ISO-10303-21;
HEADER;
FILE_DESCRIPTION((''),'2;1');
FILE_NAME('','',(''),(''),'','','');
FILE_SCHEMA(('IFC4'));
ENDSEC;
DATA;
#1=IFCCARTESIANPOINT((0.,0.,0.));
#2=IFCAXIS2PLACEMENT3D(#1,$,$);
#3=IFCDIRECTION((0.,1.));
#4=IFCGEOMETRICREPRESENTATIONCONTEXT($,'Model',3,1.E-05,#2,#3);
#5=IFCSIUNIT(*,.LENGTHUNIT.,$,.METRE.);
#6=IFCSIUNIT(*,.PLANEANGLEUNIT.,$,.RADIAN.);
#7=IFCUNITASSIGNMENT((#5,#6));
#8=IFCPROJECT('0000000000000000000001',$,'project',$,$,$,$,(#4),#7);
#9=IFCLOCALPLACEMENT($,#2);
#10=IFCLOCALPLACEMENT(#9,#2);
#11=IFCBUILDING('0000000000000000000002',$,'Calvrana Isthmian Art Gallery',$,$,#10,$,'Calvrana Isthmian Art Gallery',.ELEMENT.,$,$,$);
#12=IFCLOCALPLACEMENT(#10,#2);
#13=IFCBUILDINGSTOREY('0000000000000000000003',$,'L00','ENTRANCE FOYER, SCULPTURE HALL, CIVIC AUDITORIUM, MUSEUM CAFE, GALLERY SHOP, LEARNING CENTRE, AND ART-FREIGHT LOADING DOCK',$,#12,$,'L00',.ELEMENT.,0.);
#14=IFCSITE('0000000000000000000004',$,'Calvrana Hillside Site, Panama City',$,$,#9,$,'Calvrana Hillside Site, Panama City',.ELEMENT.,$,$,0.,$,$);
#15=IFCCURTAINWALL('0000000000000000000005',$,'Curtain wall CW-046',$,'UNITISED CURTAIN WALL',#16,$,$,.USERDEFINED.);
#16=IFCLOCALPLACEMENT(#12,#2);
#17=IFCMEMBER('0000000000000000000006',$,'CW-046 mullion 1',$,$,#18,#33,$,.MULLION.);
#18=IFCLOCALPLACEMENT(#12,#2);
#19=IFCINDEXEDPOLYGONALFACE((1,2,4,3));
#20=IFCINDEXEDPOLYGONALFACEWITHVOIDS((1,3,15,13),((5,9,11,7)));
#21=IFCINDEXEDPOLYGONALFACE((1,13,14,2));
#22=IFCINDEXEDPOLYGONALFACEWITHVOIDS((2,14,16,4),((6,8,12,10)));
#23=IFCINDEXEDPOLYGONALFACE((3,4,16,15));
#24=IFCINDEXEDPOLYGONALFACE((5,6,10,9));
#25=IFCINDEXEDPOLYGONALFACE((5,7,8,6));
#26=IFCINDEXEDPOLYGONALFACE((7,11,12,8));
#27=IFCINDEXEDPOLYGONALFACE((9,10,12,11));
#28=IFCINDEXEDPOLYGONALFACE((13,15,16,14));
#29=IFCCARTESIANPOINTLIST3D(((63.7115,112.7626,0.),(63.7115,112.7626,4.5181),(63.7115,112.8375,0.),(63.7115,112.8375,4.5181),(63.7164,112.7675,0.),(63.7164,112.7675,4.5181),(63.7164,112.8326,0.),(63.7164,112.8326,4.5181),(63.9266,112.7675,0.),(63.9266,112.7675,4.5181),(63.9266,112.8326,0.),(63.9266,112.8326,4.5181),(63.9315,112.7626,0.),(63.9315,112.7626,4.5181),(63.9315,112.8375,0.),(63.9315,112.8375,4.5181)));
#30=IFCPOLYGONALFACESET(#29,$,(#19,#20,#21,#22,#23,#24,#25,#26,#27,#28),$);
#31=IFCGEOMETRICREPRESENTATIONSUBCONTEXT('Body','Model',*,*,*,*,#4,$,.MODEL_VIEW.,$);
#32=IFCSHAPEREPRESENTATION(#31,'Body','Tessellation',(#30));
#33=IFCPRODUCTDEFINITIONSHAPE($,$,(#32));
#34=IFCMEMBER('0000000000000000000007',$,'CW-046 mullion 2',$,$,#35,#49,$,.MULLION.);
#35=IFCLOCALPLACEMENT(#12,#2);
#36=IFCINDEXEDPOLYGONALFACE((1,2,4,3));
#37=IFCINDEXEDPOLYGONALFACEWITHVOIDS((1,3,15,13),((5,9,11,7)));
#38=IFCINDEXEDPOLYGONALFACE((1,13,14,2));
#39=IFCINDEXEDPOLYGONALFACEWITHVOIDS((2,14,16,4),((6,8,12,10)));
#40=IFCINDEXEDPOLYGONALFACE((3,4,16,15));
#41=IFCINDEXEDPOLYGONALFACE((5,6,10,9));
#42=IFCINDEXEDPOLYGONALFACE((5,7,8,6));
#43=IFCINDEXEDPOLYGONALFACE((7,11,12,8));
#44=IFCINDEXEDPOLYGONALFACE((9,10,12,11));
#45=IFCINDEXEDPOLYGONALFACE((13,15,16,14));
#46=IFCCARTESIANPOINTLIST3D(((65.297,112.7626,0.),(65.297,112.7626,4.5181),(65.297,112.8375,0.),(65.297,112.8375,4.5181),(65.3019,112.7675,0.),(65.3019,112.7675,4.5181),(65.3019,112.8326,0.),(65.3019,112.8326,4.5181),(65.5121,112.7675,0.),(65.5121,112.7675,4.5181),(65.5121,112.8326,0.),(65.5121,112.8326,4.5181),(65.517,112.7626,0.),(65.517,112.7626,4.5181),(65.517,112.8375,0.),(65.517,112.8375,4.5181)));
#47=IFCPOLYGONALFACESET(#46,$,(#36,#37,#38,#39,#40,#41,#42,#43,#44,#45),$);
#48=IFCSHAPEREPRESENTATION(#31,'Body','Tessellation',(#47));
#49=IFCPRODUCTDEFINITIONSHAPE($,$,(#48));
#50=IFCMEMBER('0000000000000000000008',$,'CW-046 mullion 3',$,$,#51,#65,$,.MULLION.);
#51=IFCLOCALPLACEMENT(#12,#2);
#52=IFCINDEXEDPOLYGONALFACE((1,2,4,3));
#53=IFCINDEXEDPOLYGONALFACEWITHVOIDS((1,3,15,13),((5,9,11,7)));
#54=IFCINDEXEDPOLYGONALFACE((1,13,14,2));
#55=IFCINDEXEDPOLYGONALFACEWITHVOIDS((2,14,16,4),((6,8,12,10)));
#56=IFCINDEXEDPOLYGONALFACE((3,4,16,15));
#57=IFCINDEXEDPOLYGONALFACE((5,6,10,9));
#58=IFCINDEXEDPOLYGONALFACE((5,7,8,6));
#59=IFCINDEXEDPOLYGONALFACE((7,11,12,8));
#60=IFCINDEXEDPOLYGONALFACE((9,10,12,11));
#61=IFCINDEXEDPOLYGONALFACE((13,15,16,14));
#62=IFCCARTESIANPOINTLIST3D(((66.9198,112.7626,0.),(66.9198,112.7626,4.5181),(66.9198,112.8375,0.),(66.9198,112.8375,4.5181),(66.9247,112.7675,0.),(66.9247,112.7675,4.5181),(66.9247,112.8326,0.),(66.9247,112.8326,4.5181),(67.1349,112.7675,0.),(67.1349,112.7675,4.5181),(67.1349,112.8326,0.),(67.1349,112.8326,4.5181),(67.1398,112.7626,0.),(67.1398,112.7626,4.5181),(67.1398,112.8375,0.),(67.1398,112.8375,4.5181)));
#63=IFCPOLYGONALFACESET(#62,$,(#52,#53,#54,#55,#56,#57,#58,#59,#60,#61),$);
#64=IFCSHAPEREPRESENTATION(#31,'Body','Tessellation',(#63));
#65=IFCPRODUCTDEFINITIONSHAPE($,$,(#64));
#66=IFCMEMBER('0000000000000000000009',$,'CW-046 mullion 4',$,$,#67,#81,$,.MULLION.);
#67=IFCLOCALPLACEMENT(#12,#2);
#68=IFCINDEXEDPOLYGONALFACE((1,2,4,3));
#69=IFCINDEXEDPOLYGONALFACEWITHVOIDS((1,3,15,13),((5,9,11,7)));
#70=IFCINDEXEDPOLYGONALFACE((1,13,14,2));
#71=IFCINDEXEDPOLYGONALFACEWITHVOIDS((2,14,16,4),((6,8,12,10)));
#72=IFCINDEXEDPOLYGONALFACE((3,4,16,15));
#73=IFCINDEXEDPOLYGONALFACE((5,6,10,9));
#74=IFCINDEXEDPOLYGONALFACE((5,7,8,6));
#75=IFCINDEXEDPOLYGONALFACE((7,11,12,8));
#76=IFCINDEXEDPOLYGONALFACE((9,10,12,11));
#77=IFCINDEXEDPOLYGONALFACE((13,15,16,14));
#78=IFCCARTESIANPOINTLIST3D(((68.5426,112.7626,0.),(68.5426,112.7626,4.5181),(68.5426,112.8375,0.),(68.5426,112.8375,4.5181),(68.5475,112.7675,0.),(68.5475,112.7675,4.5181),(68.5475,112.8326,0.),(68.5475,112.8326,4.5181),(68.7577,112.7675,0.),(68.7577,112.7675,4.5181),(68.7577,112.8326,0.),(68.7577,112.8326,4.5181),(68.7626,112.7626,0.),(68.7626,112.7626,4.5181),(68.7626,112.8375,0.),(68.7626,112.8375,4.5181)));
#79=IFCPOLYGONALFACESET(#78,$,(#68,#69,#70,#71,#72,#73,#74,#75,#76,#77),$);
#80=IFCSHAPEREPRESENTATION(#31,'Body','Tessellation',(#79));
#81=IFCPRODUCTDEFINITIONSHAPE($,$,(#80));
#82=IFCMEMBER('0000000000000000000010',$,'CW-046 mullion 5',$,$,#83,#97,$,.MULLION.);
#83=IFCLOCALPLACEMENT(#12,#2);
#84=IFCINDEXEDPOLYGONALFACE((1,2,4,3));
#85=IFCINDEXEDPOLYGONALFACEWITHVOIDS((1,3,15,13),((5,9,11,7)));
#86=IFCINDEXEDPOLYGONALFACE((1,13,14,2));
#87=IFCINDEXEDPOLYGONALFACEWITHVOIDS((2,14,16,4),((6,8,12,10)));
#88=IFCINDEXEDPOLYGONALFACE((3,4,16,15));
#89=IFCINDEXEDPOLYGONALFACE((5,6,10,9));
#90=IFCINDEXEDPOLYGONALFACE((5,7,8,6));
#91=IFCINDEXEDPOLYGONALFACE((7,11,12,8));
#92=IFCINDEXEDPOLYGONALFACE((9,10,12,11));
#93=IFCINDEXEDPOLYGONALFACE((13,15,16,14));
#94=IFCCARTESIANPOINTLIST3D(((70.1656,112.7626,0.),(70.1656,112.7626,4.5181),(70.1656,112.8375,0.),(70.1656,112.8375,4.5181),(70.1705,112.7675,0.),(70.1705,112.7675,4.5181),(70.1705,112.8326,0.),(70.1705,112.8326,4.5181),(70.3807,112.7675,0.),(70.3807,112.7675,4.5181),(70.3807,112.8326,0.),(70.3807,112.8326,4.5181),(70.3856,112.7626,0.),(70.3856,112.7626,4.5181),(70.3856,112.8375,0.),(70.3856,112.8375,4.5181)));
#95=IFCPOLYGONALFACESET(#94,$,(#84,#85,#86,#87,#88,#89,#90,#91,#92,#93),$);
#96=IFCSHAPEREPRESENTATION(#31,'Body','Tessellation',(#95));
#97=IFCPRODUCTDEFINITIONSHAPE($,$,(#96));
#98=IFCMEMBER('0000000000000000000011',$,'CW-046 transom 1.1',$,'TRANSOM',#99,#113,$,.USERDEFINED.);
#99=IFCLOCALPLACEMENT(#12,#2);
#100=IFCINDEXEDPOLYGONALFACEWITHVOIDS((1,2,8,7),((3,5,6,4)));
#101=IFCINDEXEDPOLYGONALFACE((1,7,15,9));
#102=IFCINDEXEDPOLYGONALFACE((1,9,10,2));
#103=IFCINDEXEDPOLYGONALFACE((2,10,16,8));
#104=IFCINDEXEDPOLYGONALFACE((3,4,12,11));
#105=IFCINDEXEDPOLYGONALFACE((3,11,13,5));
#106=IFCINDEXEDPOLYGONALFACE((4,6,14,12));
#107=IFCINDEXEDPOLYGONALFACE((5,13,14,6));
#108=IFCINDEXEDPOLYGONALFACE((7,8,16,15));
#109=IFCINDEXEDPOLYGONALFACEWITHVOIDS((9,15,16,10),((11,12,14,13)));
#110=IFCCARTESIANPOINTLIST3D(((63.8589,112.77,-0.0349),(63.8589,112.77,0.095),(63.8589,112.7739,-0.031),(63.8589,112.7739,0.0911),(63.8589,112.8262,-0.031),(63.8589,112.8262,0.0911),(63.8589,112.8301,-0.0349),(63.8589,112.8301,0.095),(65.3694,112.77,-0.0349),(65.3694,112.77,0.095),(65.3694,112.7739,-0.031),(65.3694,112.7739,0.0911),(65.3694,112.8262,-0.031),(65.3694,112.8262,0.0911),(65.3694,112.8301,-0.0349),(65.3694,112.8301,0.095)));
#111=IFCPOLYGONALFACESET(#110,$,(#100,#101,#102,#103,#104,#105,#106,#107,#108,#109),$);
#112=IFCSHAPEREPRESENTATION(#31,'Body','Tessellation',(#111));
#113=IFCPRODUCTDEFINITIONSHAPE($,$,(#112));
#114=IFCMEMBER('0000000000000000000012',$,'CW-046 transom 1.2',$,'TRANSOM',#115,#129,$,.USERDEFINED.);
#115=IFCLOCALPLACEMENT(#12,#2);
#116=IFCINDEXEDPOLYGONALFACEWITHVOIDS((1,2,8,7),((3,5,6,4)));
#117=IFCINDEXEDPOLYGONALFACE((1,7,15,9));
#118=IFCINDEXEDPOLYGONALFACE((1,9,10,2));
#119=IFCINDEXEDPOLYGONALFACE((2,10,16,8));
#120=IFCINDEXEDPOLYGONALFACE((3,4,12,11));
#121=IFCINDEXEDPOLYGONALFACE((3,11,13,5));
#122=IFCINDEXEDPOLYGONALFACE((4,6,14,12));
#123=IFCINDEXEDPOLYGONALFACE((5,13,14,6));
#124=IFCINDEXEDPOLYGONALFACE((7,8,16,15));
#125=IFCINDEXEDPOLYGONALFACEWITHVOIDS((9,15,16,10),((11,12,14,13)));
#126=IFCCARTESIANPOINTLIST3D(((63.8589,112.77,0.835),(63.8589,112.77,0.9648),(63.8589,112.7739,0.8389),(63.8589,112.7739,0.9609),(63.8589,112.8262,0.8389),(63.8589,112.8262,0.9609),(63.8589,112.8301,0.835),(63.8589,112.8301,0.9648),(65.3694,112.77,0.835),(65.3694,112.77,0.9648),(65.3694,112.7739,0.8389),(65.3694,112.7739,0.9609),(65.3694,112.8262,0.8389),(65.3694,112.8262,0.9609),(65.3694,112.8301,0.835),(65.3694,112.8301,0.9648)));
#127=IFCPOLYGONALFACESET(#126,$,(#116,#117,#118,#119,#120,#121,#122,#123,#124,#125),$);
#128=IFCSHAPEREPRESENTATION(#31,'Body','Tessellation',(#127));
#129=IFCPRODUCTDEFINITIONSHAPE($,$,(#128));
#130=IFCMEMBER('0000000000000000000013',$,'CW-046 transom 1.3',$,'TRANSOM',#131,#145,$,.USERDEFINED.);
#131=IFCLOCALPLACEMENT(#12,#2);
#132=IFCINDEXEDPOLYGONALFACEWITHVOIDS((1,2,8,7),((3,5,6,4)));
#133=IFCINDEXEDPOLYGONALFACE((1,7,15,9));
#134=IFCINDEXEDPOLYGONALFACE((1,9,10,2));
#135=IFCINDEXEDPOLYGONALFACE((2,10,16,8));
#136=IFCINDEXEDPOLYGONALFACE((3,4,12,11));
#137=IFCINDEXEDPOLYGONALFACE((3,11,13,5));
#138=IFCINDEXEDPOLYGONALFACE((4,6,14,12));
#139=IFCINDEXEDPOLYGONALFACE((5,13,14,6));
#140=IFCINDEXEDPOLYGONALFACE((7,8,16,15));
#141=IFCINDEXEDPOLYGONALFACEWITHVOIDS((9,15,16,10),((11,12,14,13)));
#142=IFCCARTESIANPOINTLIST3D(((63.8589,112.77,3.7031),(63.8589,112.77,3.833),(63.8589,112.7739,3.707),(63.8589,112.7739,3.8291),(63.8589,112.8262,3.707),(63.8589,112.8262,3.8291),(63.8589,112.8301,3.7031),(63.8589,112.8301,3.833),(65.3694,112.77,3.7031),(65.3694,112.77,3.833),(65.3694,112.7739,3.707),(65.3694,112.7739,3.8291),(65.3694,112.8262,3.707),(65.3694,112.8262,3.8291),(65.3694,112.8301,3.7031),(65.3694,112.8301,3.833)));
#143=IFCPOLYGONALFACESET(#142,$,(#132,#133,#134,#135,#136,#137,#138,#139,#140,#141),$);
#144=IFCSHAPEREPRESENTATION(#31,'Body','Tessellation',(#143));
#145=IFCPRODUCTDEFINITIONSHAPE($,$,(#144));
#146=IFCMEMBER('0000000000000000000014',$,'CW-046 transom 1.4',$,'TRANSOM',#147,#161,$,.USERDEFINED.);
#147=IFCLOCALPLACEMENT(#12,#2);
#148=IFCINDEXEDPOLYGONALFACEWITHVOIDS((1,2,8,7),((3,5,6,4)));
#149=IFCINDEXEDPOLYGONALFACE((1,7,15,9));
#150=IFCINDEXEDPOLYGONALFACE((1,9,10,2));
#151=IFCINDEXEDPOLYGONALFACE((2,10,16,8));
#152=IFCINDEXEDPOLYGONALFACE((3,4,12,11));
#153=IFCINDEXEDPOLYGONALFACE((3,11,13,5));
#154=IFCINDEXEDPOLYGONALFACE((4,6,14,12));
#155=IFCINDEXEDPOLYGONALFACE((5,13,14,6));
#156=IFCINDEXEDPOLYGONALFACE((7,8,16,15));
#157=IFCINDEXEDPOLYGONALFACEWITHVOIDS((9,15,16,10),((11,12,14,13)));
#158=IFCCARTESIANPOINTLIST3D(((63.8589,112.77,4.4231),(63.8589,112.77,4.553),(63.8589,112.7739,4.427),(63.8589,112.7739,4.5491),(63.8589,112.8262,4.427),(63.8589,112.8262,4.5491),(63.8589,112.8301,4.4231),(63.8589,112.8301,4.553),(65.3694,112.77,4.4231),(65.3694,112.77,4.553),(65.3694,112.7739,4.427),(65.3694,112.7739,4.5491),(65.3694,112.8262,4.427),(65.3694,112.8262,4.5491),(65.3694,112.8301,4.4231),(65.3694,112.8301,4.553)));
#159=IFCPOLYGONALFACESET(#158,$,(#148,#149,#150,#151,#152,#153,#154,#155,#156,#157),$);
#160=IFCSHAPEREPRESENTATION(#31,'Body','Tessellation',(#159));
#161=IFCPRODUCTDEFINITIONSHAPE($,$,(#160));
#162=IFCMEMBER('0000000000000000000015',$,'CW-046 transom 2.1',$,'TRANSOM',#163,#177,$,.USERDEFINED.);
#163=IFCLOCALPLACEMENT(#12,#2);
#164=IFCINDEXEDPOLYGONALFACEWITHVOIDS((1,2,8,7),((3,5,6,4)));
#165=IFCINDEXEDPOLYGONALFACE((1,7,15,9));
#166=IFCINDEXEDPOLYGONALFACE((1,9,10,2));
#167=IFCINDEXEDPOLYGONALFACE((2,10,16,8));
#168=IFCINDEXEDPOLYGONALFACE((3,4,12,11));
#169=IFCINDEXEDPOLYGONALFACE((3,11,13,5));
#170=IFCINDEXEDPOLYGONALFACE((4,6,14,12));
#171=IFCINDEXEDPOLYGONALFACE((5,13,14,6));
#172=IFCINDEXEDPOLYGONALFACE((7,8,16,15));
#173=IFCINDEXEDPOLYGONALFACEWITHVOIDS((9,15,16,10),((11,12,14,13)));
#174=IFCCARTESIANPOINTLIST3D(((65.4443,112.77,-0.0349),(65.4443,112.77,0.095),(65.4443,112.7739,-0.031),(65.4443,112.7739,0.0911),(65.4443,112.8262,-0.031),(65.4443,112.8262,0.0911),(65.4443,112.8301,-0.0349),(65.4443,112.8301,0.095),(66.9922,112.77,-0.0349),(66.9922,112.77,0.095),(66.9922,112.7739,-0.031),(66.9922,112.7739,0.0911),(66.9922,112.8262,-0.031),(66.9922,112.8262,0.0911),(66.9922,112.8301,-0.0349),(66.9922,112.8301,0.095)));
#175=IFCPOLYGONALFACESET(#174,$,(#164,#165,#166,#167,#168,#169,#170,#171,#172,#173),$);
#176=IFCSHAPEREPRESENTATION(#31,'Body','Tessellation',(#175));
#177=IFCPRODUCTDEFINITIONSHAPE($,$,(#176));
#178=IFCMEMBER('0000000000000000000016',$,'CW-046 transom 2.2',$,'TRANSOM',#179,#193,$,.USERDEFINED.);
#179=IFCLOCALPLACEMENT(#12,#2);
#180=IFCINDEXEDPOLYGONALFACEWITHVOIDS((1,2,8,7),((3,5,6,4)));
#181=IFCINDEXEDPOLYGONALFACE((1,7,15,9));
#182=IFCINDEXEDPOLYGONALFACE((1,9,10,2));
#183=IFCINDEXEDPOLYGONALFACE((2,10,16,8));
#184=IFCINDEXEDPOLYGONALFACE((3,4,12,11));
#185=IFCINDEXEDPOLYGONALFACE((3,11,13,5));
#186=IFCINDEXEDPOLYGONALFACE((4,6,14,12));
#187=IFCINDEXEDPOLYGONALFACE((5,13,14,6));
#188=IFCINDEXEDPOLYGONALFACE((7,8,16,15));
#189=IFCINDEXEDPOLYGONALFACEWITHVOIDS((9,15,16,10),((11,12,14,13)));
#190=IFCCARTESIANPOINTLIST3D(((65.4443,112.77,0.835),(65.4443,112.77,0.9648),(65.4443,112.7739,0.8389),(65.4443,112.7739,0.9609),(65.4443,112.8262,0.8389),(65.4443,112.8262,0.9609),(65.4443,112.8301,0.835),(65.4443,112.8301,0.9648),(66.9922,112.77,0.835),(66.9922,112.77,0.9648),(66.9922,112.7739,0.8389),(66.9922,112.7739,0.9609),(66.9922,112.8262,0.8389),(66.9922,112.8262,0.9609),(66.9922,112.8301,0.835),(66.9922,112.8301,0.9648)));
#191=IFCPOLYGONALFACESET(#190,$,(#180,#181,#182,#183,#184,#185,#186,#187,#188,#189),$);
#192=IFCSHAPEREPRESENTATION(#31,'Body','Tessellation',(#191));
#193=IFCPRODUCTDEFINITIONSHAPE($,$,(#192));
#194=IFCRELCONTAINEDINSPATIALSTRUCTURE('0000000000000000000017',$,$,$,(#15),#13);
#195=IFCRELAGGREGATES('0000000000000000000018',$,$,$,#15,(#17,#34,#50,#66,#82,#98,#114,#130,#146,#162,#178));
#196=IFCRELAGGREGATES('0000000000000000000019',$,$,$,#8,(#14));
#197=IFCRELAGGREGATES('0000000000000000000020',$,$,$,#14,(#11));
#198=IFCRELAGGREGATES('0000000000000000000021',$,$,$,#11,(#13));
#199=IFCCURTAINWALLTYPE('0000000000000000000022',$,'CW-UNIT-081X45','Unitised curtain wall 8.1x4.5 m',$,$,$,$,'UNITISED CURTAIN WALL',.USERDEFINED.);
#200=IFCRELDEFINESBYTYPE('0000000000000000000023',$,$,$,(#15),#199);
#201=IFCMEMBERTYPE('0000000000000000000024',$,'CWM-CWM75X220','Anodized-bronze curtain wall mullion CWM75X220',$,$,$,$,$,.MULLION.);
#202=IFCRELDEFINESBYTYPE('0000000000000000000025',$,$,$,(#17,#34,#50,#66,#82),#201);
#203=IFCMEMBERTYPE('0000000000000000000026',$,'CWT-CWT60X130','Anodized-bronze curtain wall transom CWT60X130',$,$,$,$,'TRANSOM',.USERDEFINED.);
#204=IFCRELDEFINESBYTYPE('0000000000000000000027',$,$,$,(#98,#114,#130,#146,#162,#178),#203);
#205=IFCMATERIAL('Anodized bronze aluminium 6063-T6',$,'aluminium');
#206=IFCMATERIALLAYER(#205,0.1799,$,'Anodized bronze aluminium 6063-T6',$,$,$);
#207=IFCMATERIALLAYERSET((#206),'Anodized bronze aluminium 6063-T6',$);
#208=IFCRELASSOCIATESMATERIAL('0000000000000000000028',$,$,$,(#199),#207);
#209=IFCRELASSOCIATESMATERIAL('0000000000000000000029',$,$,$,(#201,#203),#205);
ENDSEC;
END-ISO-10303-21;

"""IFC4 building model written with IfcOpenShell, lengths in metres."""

from ifc_helpers import new_model, si_unit, direction, frame, origin, origin_2d, place, context, subcontext, project, spatial, hollow_rectangle, extrude, material, layer, layer_set, material_profile, profile_set, type_object, element, aggregate, save


model = new_model("IFC4")

# Units and contexts
model_context = context("Model", 3, precision=1e-05, world=origin(), true_north=direction((0.0, 1.0)))
body_context = subcontext(model_context, "Body", "Model", "MODEL_VIEW")
ifc_project = project(units=[si_unit("LENGTHUNIT", "METRE"), si_unit("PLANEANGLEUNIT", "RADIAN")], contexts=[model_context])

# Site, building, storey
site_placement = place(None, origin())
site = spatial("IfcSite", under=ifc_project, at=site_placement, Name="Calvrana Hillside Site, Panama City", LongName="Calvrana Hillside Site, Panama City", CompositionType="ELEMENT", RefElevation=0.0)
building_placement = place(site_placement, origin())
building = spatial("IfcBuilding", under=site, at=building_placement, Name="Calvrana Isthmian Art Gallery", LongName="Calvrana Isthmian Art Gallery", CompositionType="ELEMENT")
storey_placement = place(building_placement, origin())
storey = spatial("IfcBuildingStorey", under=building, at=storey_placement, Name="L00", Description="ENTRANCE FOYER, SCULPTURE HALL, CIVIC AUDITORIUM, MUSEUM CAFE, GALLERY SHOP, LEARNING CENTRE, AND ART-FREIGHT LOADING DOCK", LongName="L00", CompositionType="ELEMENT", Elevation=0.0)

# Curtain wall, members
ifc_material_1 = material(Name="Anodized bronze aluminium 6063-T6", Category="aluminium")
ifc_layer_1 = layer(ifc_material_1, 0.1799, Name="Anodized bronze aluminium 6063-T6")
ifc_layer_set_1 = layer_set([ifc_layer_1], Name="Anodized bronze aluminium 6063-T6")
curtain_wall_type = type_object("IfcCurtainWallType", Name="CW-UNIT-081X45", Description="Unitised curtain wall 8.1x4.5 m", ElementType="UNITISED CURTAIN WALL", PredefinedType="USERDEFINED", material=ifc_layer_set_1)
curtain_wall_placement = place(storey_placement, origin())
curtain_wall = element("IfcCurtainWall", 1, at=curtain_wall_placement, inside=storey, type_object=curtain_wall_type, Name="Curtain wall CW-046", ObjectType="UNITISED CURTAIN WALL", PredefinedType="USERDEFINED")
ifc_material_profile_1 = material_profile(ifc_material_1, hollow_rectangle(XDim=0.075, YDim=0.22, WallThickness=0.0049, at=origin_2d()), Name="CWM75X220")
ifc_profile_set_1 = profile_set([ifc_material_profile_1], Name="Anodized bronze aluminium 6063-T6")
member_type_1 = type_object("IfcMemberType", Name="CWM-CWM75X220", Description="Anodized-bronze curtain wall mullion CWM75X220", PredefinedType="MULLION", material=ifc_profile_set_1)
member_1_placement = place(storey_placement, frame((63.8215, 112.8, 0.0), z_axis=(0.0, 0.0, 1.0), x_axis=(0.0, 1.0, 0.0)))
member_1 = element("IfcMember", 2, at=member_1_placement, type_object=member_type_1, Name="CW-046 mullion 1", PredefinedType="MULLION", context=body_context, shape_type="SweptSolid", body=[
    extrude(hollow_rectangle(XDim=0.075, YDim=0.22, WallThickness=0.0049, at=origin_2d()), origin(), (0.0, 0.0, 1.0), 4.5181),
])
member_2_placement = place(storey_placement, frame((65.407, 112.8, 0.0), z_axis=(0.0, 0.0, 1.0), x_axis=(0.0, 1.0, 0.0)))
member_2 = element("IfcMember", 3, at=member_2_placement, type_object=member_type_1, Name="CW-046 mullion 2", PredefinedType="MULLION", context=body_context, shape_type="SweptSolid", body=[
    extrude(hollow_rectangle(XDim=0.075, YDim=0.22, WallThickness=0.0049, at=origin_2d()), origin(), (0.0, 0.0, 1.0), 4.5181),
])
member_3_placement = place(storey_placement, frame((67.0298, 112.8, 0.0), z_axis=(0.0, 0.0, 1.0), x_axis=(0.0, 1.0, 0.0)))
member_3 = element("IfcMember", 4, at=member_3_placement, type_object=member_type_1, Name="CW-046 mullion 3", PredefinedType="MULLION", context=body_context, shape_type="SweptSolid", body=[
    extrude(hollow_rectangle(XDim=0.075, YDim=0.22, WallThickness=0.0049, at=origin_2d()), origin(), (0.0, 0.0, 1.0), 4.5181),
])
member_4_placement = place(storey_placement, frame((68.6526, 112.8, 0.0), z_axis=(0.0, 0.0, 1.0), x_axis=(0.0, 1.0, 0.0)))
member_4 = element("IfcMember", 5, at=member_4_placement, type_object=member_type_1, Name="CW-046 mullion 4", PredefinedType="MULLION", context=body_context, shape_type="SweptSolid", body=[
    extrude(hollow_rectangle(XDim=0.075, YDim=0.22, WallThickness=0.0049, at=origin_2d()), origin(), (0.0, 0.0, 1.0), 4.5181),
])
member_5_placement = place(storey_placement, frame((70.2756, 112.8, 0.0), z_axis=(0.0, 0.0, 1.0), x_axis=(0.0, 1.0, 0.0)))
member_5 = element("IfcMember", 6, at=member_5_placement, type_object=member_type_1, Name="CW-046 mullion 5", PredefinedType="MULLION", context=body_context, shape_type="SweptSolid", body=[
    extrude(hollow_rectangle(XDim=0.075, YDim=0.22, WallThickness=0.0049, at=origin_2d()), origin(), (0.0, 0.0, 1.0), 4.5181),
])
ifc_material_profile_2 = material_profile(ifc_material_1, hollow_rectangle(XDim=0.0601, YDim=0.1299, WallThickness=0.0039, at=origin_2d()), Name="CWT60X130")
ifc_profile_set_2 = profile_set([ifc_material_profile_2], Name="Anodized bronze aluminium 6063-T6")
member_type_2 = type_object("IfcMemberType", Name="CWT-CWT60X130", Description="Anodized-bronze curtain wall transom CWT60X130", ElementType="TRANSOM", PredefinedType="USERDEFINED", material=ifc_profile_set_2)
member_6_placement = place(storey_placement, frame((63.8589, 112.8, 0.03), z_axis=(1.0, 0.0, 0.0), x_axis=(0.0, 1.0, 0.0)))
member_6 = element("IfcMember", 7, at=member_6_placement, type_object=member_type_2, Name="CW-046 transom 1.1", ObjectType="TRANSOM", PredefinedType="USERDEFINED", context=body_context, shape_type="SweptSolid", body=[
    extrude(hollow_rectangle(XDim=0.0601, YDim=0.1299, WallThickness=0.0039, at=origin_2d()), origin(), (0.0, 0.0, 1.0), 1.5105),
])
member_7_placement = place(storey_placement, frame((63.8589, 112.8, 0.8999), z_axis=(1.0, 0.0, 0.0), x_axis=(0.0, 1.0, 0.0)))
member_7 = element("IfcMember", 8, at=member_7_placement, type_object=member_type_2, Name="CW-046 transom 1.2", ObjectType="TRANSOM", PredefinedType="USERDEFINED", context=body_context, shape_type="SweptSolid", body=[
    extrude(hollow_rectangle(XDim=0.0601, YDim=0.1299, WallThickness=0.0039, at=origin_2d()), origin(), (0.0, 0.0, 1.0), 1.5105),
])
member_8_placement = place(storey_placement, frame((63.8589, 112.8, 3.7681), z_axis=(1.0, 0.0, 0.0), x_axis=(0.0, 1.0, 0.0)))
member_8 = element("IfcMember", 9, at=member_8_placement, type_object=member_type_2, Name="CW-046 transom 1.3", ObjectType="TRANSOM", PredefinedType="USERDEFINED", context=body_context, shape_type="SweptSolid", body=[
    extrude(hollow_rectangle(XDim=0.0601, YDim=0.1299, WallThickness=0.0039, at=origin_2d()), origin(), (0.0, 0.0, 1.0), 1.5105),
])
member_9_placement = place(storey_placement, frame((63.8589, 112.8, 4.488), z_axis=(1.0, 0.0, 0.0), x_axis=(0.0, 1.0, 0.0)))
member_9 = element("IfcMember", 10, at=member_9_placement, type_object=member_type_2, Name="CW-046 transom 1.4", ObjectType="TRANSOM", PredefinedType="USERDEFINED", context=body_context, shape_type="SweptSolid", body=[
    extrude(hollow_rectangle(XDim=0.0601, YDim=0.1299, WallThickness=0.0039, at=origin_2d()), origin(), (0.0, 0.0, 1.0), 1.5105),
])
member_10_placement = place(storey_placement, frame((65.4443, 112.8, 0.03), z_axis=(1.0, 0.0, 0.0), x_axis=(0.0, 1.0, 0.0)))
member_10 = element("IfcMember", 11, at=member_10_placement, type_object=member_type_2, Name="CW-046 transom 2.1", ObjectType="TRANSOM", PredefinedType="USERDEFINED", context=body_context, shape_type="SweptSolid", body=[
    extrude(hollow_rectangle(XDim=0.0601, YDim=0.1299, WallThickness=0.0039, at=origin_2d()), origin(), (0.0, 0.0, 1.0), 1.5479),
])
member_11_placement = place(storey_placement, frame((65.4443, 112.8, 0.8999), z_axis=(1.0, 0.0, 0.0), x_axis=(0.0, 1.0, 0.0)))
member_11 = element("IfcMember", 12, at=member_11_placement, type_object=member_type_2, Name="CW-046 transom 2.2", ObjectType="TRANSOM", PredefinedType="USERDEFINED", context=body_context, shape_type="SweptSolid", body=[
    extrude(hollow_rectangle(XDim=0.0601, YDim=0.1299, WallThickness=0.0039, at=origin_2d()), origin(), (0.0, 0.0, 1.0), 1.5479),
])
aggregate(curtain_wall, [member_1, member_2, member_3, member_4, member_5, member_6, member_7, member_8, member_9, member_10, member_11])

save(model, "model.ifc")
